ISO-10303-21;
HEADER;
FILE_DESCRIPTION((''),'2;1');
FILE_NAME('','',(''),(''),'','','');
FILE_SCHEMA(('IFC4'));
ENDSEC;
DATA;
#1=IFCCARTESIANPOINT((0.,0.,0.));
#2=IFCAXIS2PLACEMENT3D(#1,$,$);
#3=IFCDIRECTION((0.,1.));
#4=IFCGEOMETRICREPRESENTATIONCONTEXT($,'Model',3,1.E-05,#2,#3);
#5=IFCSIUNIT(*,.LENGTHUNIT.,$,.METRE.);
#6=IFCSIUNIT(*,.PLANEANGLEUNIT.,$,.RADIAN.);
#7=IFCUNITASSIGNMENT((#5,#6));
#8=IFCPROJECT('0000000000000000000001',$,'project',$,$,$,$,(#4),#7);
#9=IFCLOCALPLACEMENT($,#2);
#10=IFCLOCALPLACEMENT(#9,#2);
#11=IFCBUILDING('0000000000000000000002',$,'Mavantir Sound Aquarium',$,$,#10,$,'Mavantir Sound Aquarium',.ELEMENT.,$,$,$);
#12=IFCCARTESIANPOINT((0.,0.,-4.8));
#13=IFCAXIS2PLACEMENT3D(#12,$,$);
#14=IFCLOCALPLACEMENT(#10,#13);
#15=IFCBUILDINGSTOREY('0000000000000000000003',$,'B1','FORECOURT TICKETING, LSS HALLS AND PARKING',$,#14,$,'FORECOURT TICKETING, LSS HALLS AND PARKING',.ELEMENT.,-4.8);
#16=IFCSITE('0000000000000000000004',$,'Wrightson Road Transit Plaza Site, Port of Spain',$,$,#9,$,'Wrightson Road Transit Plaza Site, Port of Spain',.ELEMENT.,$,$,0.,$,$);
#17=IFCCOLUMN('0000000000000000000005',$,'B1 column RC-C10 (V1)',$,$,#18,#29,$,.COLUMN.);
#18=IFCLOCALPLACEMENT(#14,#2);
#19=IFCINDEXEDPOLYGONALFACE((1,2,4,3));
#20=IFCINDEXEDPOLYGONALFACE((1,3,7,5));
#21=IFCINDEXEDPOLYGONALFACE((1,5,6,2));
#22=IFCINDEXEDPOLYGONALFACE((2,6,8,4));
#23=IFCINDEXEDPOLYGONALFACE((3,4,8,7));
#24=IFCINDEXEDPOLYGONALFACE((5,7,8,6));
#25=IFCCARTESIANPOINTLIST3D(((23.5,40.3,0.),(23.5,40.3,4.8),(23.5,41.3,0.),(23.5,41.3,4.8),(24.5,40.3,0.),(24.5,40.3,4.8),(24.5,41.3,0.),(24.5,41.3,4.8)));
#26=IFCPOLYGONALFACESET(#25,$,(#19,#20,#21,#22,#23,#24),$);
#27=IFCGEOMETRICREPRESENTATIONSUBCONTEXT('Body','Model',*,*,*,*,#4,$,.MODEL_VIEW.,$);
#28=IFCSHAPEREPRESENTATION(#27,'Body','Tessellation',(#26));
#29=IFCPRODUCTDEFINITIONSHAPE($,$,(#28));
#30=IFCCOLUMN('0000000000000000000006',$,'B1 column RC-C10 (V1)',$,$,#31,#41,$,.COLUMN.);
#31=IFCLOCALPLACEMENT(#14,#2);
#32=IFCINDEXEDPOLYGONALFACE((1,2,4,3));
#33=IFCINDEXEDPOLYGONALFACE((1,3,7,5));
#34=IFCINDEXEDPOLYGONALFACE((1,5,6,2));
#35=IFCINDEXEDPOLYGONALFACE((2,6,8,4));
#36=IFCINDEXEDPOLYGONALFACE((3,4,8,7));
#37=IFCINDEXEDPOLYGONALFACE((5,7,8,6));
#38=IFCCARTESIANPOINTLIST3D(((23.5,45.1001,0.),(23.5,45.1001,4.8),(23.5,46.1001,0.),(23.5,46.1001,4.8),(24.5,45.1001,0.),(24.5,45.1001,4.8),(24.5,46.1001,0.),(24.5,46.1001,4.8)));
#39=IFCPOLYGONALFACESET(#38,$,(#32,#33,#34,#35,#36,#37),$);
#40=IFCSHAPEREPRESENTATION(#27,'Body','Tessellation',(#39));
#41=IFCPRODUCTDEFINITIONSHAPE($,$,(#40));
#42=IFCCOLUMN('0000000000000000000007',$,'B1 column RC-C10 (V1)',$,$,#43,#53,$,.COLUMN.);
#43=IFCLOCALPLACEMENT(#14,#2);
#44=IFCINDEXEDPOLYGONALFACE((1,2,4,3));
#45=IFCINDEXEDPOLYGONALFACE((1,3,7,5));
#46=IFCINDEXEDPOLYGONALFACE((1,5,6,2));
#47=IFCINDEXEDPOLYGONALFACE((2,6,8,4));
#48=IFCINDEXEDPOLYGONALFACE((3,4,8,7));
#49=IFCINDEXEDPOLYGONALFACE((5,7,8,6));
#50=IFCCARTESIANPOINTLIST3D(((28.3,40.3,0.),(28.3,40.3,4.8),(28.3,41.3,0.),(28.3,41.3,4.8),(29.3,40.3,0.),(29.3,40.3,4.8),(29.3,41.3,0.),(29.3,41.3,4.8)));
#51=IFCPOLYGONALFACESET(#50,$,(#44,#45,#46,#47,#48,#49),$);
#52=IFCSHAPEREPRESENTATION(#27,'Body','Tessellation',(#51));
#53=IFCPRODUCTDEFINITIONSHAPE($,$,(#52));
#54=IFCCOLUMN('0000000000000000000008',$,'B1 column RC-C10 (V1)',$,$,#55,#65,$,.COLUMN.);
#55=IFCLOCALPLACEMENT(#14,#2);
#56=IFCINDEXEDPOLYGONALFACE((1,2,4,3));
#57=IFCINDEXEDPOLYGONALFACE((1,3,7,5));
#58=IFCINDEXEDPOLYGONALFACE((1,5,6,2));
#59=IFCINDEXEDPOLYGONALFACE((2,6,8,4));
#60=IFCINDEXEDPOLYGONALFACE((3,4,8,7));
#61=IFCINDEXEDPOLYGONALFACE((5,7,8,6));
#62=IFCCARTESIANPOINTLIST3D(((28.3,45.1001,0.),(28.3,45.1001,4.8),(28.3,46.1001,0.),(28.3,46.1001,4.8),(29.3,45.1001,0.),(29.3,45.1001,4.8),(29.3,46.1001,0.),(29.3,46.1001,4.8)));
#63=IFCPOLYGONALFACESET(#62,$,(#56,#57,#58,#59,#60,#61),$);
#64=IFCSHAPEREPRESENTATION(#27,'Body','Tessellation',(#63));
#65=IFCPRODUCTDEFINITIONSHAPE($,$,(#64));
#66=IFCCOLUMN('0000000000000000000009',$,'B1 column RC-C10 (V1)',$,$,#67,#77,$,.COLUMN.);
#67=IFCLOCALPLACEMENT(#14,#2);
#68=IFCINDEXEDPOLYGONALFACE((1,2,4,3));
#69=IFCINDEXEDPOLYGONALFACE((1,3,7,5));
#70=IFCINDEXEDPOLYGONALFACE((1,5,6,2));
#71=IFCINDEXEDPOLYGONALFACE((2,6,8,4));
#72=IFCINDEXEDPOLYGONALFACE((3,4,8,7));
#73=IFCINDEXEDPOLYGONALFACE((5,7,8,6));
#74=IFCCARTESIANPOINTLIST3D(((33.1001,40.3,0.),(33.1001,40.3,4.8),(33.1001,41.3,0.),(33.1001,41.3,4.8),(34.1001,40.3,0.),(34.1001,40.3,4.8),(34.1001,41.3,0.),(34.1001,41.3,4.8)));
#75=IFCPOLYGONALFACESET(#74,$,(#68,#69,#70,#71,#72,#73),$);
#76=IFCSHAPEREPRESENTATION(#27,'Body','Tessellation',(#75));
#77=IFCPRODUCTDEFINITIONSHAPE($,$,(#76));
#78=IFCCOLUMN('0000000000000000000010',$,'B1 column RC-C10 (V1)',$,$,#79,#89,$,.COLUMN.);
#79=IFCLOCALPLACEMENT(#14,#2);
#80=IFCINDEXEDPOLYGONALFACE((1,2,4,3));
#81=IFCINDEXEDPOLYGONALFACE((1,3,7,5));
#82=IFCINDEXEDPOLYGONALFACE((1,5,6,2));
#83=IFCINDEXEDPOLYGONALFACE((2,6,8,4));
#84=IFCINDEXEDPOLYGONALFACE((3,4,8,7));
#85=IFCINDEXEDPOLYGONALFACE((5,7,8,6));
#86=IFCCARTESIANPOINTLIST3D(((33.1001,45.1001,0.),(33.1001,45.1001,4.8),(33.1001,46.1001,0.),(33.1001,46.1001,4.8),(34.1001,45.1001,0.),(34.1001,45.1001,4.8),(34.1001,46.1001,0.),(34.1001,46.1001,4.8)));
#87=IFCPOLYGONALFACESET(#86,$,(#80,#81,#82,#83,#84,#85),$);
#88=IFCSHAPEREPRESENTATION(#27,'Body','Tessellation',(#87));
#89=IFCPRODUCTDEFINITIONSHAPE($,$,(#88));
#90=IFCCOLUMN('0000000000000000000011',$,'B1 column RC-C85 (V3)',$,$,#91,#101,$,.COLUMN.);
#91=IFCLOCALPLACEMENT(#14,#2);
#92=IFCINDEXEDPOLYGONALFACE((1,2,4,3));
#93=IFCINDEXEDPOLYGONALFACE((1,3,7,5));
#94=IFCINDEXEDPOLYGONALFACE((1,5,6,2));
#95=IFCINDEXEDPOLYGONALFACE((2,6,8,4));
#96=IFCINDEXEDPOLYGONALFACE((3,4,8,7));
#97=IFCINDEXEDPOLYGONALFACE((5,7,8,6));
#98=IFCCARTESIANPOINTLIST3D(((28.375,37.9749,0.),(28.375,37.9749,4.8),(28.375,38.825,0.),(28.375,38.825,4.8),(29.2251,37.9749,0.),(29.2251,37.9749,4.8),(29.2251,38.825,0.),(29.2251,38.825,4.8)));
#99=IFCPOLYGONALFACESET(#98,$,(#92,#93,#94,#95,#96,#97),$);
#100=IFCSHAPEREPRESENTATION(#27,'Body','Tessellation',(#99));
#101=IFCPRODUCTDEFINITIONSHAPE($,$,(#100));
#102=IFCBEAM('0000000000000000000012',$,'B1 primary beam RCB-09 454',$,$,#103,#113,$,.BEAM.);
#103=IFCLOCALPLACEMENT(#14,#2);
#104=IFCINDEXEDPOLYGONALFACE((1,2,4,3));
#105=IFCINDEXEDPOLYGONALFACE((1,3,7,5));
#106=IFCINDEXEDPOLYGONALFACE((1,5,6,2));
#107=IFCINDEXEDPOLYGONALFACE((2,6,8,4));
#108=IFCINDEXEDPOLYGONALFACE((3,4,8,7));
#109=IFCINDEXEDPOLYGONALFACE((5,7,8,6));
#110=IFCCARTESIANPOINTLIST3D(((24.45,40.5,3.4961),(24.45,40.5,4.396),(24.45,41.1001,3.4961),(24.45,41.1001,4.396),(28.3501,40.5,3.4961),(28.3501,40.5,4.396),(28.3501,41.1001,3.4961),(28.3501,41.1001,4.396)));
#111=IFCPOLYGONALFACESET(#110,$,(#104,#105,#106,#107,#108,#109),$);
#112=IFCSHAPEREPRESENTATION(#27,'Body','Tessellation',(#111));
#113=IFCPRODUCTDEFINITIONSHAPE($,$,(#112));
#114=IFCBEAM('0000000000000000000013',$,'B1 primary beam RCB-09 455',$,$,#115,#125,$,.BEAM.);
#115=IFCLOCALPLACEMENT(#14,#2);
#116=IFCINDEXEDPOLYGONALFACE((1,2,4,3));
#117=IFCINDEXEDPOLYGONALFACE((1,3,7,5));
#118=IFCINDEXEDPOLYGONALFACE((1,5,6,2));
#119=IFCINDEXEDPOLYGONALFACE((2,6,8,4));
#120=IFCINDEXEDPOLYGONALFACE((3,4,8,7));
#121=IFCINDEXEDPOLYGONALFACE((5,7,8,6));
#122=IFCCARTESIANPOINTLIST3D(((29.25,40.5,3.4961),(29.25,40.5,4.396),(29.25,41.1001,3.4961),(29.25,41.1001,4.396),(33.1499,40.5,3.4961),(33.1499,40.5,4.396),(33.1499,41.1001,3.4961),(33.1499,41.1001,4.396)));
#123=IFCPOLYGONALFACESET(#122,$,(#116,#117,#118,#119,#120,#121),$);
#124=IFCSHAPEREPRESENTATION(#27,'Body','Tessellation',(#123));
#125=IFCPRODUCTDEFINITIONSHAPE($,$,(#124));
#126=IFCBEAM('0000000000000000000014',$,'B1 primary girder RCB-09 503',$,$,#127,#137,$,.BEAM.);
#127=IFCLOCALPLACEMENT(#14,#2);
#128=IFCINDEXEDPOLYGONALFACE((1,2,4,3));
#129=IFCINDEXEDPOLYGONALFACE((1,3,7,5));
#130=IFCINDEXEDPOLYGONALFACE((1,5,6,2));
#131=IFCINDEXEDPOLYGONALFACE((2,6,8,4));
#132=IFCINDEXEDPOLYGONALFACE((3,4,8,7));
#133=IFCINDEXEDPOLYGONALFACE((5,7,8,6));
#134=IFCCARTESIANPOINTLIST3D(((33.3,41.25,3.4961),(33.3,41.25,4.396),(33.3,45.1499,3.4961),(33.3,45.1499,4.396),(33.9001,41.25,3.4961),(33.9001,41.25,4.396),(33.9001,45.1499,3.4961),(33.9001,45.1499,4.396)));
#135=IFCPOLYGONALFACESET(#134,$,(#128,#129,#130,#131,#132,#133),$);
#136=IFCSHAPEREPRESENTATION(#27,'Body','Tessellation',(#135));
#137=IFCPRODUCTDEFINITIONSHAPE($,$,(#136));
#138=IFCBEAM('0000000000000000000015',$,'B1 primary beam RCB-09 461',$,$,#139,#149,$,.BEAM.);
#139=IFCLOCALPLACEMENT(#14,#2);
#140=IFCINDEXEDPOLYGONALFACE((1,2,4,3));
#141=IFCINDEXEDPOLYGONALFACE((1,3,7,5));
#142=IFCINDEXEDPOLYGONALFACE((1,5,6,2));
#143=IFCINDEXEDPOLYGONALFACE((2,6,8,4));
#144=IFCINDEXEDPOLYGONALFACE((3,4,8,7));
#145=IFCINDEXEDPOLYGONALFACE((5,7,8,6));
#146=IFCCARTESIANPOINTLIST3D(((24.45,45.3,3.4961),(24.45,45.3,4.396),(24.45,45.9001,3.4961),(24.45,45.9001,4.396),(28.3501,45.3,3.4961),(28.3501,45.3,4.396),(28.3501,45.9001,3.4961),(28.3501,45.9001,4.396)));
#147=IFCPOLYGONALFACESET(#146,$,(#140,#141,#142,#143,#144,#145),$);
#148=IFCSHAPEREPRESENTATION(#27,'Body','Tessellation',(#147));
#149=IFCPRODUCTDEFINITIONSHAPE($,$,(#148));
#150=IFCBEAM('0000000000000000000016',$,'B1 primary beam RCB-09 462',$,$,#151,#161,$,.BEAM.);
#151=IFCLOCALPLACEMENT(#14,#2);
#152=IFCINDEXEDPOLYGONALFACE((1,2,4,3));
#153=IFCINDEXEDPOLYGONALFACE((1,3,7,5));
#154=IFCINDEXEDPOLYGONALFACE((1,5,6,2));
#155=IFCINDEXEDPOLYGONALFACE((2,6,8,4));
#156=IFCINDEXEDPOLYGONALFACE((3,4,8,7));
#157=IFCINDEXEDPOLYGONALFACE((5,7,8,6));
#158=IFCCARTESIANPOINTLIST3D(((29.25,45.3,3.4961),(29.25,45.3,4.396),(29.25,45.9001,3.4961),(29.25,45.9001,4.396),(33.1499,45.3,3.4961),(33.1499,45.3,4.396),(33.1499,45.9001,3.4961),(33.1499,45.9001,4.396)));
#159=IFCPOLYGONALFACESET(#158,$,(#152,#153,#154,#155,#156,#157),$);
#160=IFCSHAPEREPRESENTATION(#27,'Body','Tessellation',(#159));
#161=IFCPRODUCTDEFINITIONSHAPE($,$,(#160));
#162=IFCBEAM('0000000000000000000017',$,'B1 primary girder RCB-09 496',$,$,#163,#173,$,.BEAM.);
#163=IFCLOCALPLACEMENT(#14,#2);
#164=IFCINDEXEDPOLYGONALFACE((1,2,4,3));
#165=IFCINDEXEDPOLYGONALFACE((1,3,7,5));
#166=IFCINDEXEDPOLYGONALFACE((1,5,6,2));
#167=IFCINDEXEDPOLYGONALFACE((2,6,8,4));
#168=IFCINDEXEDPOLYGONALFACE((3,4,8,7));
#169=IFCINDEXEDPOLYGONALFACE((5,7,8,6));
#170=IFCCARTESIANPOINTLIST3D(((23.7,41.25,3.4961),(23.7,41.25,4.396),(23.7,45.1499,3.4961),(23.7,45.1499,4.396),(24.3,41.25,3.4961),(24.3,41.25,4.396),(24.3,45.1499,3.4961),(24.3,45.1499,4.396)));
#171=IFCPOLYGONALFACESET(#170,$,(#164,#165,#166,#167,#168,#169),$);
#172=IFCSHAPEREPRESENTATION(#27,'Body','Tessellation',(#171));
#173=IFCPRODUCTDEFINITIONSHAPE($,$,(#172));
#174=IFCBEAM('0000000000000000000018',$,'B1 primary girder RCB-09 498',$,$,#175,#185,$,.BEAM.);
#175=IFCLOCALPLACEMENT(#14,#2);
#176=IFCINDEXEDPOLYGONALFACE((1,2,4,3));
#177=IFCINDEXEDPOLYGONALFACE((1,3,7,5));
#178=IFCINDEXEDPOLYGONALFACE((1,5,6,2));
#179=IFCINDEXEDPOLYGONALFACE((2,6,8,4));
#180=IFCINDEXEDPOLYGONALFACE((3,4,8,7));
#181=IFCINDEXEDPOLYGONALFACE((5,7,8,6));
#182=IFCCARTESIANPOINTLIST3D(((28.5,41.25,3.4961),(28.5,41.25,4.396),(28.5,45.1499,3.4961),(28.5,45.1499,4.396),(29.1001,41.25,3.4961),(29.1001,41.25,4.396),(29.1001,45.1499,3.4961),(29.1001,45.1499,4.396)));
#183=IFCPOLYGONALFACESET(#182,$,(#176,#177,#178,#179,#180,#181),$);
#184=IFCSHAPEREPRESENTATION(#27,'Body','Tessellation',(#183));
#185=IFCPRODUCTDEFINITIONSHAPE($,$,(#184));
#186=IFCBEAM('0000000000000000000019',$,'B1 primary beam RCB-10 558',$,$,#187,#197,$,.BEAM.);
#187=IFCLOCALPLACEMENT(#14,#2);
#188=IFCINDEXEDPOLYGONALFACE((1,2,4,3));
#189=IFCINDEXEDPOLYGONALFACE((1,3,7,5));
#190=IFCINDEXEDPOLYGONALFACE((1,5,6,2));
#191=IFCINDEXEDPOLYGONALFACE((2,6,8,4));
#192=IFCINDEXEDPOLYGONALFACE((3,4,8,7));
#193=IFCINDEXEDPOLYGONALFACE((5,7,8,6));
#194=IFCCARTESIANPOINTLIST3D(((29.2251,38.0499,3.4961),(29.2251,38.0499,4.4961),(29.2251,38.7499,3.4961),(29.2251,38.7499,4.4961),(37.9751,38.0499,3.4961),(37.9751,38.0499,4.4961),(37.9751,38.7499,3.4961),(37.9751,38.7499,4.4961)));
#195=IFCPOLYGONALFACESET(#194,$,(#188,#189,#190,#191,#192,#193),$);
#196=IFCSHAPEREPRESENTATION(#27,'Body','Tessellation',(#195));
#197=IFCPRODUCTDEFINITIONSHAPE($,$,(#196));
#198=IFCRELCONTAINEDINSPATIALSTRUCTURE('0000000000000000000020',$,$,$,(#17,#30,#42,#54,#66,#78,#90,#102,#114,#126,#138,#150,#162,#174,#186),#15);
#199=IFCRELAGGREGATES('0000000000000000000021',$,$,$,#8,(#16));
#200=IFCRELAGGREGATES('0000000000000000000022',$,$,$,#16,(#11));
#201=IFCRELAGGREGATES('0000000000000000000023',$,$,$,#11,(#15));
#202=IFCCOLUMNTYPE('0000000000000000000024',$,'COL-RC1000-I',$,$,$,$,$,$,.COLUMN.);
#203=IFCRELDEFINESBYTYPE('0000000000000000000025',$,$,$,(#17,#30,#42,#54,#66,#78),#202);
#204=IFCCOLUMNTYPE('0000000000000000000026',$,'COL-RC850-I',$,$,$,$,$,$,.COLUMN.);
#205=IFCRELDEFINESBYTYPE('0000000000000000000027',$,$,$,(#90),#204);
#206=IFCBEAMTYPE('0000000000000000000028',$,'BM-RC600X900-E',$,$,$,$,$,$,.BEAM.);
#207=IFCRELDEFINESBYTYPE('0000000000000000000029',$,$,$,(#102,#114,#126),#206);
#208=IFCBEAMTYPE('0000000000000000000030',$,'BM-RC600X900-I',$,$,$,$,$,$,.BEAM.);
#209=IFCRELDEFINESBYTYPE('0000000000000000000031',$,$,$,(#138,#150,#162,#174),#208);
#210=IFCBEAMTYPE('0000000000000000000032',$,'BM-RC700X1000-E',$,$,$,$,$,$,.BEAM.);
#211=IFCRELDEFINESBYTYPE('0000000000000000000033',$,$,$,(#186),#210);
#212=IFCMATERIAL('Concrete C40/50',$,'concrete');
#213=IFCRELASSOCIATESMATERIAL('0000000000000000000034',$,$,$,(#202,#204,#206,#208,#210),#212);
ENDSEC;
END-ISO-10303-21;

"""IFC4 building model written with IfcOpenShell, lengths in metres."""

from ifc_helpers import new_model, si_unit, direction, frame, origin, origin_2d, place, context, subcontext, project, spatial, rectangle, extrude, material, material_profile, profile_set, type_object, element, save


model = new_model("IFC4")

# Units and contexts
model_context = context("Model", 3, precision=1e-05, world=origin(), true_north=direction((0.0, 1.0)))
body_context = subcontext(model_context, "Body", "Model", "MODEL_VIEW")
ifc_project = project(units=[si_unit("LENGTHUNIT", "METRE"), si_unit("PLANEANGLEUNIT", "RADIAN")], contexts=[model_context])

# Site, building, storey
site_placement = place(None, origin())
site = spatial("IfcSite", under=ifc_project, at=site_placement, Name="Wrightson Road Transit Plaza Site, Port of Spain", LongName="Wrightson Road Transit Plaza Site, Port of Spain", CompositionType="ELEMENT", RefElevation=0.0)
building_placement = place(site_placement, origin())
building = spatial("IfcBuilding", under=site, at=building_placement, Name="Mavantir Sound Aquarium", LongName="Mavantir Sound Aquarium", CompositionType="ELEMENT")
storey_placement = place(building_placement, frame((0.0, 0.0, -4.8)))
storey = spatial("IfcBuildingStorey", under=building, at=storey_placement, Name="B1", Description="FORECOURT TICKETING, LSS HALLS AND PARKING", LongName="FORECOURT TICKETING, LSS HALLS AND PARKING", CompositionType="ELEMENT", Elevation=-4.8)

# Columns
ifc_material_1 = material(Name="Concrete C40/50", Category="concrete")
ifc_material_profile_1 = material_profile(ifc_material_1, rectangle(XDim=1.0, YDim=1.0, at=origin_2d()), Name="RC 1000X1000")
ifc_profile_set_1 = profile_set([ifc_material_profile_1], Name="Concrete C40/50")
column_type_1 = type_object("IfcColumnType", Name="COL-RC1000-I", PredefinedType="COLUMN", material=ifc_profile_set_1)
for number, where, z_axis, x_axis, name in (
    (1, (24.0, 40.8, 0.0), (0.0, 0.0, 1.0), (1.0, 0.0, 0.0), "B1 column RC-C10 (V1)"),
    (2, (24.0, 45.6001, 0.0), (0.0, 0.0, 1.0), (1.0, 0.0, 0.0), "B1 column RC-C10 (V1)"),
    (3, (28.8, 40.8, 0.0), (0.0, 0.0, 1.0), (1.0, 0.0, 0.0), "B1 column RC-C10 (V1)"),
    (4, (28.8, 45.6001, 0.0), (0.0, 0.0, 1.0), (1.0, 0.0, 0.0), "B1 column RC-C10 (V1)"),
    (5, (33.6001, 40.8, 0.0), (0.0, 0.0, 1.0), (1.0, 0.0, 0.0), "B1 column RC-C10 (V1)"),
    (6, (33.6001, 45.6001, 0.0), (0.0, 0.0, 1.0), (1.0, 0.0, 0.0), "B1 column RC-C10 (V1)"),
):
    element("IfcColumn", number, at=place(storey_placement, frame(where, z_axis=z_axis, x_axis=x_axis)), inside=storey, type_object=column_type_1, Name=name, PredefinedType="COLUMN", context=body_context, shape_type="SweptSolid", body=[
        extrude(rectangle(XDim=1.0, YDim=1.0, at=origin_2d()), origin(), (0.0, 0.0, 1.0), 4.8),
    ])
ifc_material_profile_2 = material_profile(ifc_material_1, rectangle(XDim=0.8501, YDim=0.8501, at=origin_2d()), Name="RC 850X850")
ifc_profile_set_2 = profile_set([ifc_material_profile_2], Name="Concrete C40/50")
column_type_2 = type_object("IfcColumnType", Name="COL-RC850-I", PredefinedType="COLUMN", material=ifc_profile_set_2)
column_placement = place(storey_placement, frame((28.8, 38.3999, 0.0), z_axis=(0.0, 0.0, 1.0), x_axis=(1.0, 0.0, 0.0)))
element("IfcColumn", 7, at=column_placement, inside=storey, type_object=column_type_2, Name="B1 column RC-C85 (V3)", PredefinedType="COLUMN", context=body_context, shape_type="SweptSolid", body=[
    extrude(rectangle(XDim=0.8501, YDim=0.8501, at=origin_2d()), origin(), (0.0, 0.0, 1.0), 4.8),
])

# Beams
ifc_material_profile_3 = material_profile(ifc_material_1, rectangle(XDim=0.6001, YDim=0.8999, at=origin_2d()), Name="RC 600X900")
ifc_profile_set_3 = profile_set([ifc_material_profile_3], Name="Concrete C40/50")
beam_type_1 = type_object("IfcBeamType", Name="BM-RC600X900-E", PredefinedType="BEAM", material=ifc_profile_set_3)
beam_1_placement = place(storey_placement, frame((24.45, 40.8, 3.946), z_axis=(1.0, 0.0, 0.0), x_axis=(0.0, 1.0, 0.0)))
element("IfcBeam", 8, at=beam_1_placement, inside=storey, type_object=beam_type_1, Name="B1 primary beam RCB-09 454", PredefinedType="BEAM", context=body_context, shape_type="SweptSolid", body=[
    extrude(rectangle(XDim=0.6001, YDim=0.8999, at=origin_2d()), origin(), (0.0, 0.0, 1.0), 3.9001),
])
for number, where, z_axis, x_axis, name in (
    (9, (29.25, 40.8, 3.946), (1.0, 0.0, 0.0), (0.0, 1.0, 0.0), "B1 primary beam RCB-09 455"),
    (10, (33.6001, 41.25, 3.946), (0.0, 1.0, 0.0), (-1.0, 0.0, 0.0), "B1 primary girder RCB-09 503"),
):
    element("IfcBeam", number, at=place(storey_placement, frame(where, z_axis=z_axis, x_axis=x_axis)), inside=storey, type_object=beam_type_1, Name=name, PredefinedType="BEAM", context=body_context, shape_type="SweptSolid", body=[
        extrude(rectangle(XDim=0.6001, YDim=0.8999, at=origin_2d()), origin(), (0.0, 0.0, 1.0), 3.8999),
    ])
ifc_material_profile_4 = material_profile(ifc_material_1, rectangle(XDim=0.6001, YDim=0.8999, at=origin_2d()), Name="RC 600X900")
ifc_profile_set_4 = profile_set([ifc_material_profile_4], Name="Concrete C40/50")
beam_type_2 = type_object("IfcBeamType", Name="BM-RC600X900-I", PredefinedType="BEAM", material=ifc_profile_set_4)
beam_2_placement = place(storey_placement, frame((24.45, 45.6001, 3.946), z_axis=(1.0, 0.0, 0.0), x_axis=(0.0, 1.0, 0.0)))
element("IfcBeam", 11, at=beam_2_placement, inside=storey, type_object=beam_type_2, Name="B1 primary beam RCB-09 461", PredefinedType="BEAM", context=body_context, shape_type="SweptSolid", body=[
    extrude(rectangle(XDim=0.6001, YDim=0.8999, at=origin_2d()), origin(), (0.0, 0.0, 1.0), 3.9001),
])
for number, where, z_axis, x_axis, name in (
    (12, (29.25, 45.6001, 3.946), (1.0, 0.0, 0.0), (0.0, 1.0, 0.0), "B1 primary beam RCB-09 462"),
    (13, (24.0, 41.25, 3.946), (0.0, 1.0, 0.0), (-1.0, 0.0, 0.0), "B1 primary girder RCB-09 496"),
    (14, (28.8, 41.25, 3.946), (0.0, 1.0, 0.0), (-1.0, 0.0, 0.0), "B1 primary girder RCB-09 498"),
):
    element("IfcBeam", number, at=place(storey_placement, frame(where, z_axis=z_axis, x_axis=x_axis)), inside=storey, type_object=beam_type_2, Name=name, PredefinedType="BEAM", context=body_context, shape_type="SweptSolid", body=[
        extrude(rectangle(XDim=0.6001, YDim=0.8999, at=origin_2d()), origin(), (0.0, 0.0, 1.0), 3.8999),
    ])
ifc_material_profile_5 = material_profile(ifc_material_1, rectangle(XDim=0.7, YDim=1.0, at=origin_2d()), Name="RC 700X1000")
ifc_profile_set_5 = profile_set([ifc_material_profile_5], Name="Concrete C40/50")
beam_type_3 = type_object("IfcBeamType", Name="BM-RC700X1000-E", PredefinedType="BEAM", material=ifc_profile_set_5)
beam_3_placement = place(storey_placement, frame((29.2251, 38.3999, 3.9961), z_axis=(1.0, 0.0, 0.0), x_axis=(0.0, 1.0, 0.0)))
element("IfcBeam", 15, at=beam_3_placement, inside=storey, type_object=beam_type_3, Name="B1 primary beam RCB-10 558", PredefinedType="BEAM", context=body_context, shape_type="SweptSolid", body=[
    extrude(rectangle(XDim=0.7, YDim=1.0, at=origin_2d()), origin(), (0.0, 0.0, 1.0), 8.75),
])

save(model, "model.ifc")
